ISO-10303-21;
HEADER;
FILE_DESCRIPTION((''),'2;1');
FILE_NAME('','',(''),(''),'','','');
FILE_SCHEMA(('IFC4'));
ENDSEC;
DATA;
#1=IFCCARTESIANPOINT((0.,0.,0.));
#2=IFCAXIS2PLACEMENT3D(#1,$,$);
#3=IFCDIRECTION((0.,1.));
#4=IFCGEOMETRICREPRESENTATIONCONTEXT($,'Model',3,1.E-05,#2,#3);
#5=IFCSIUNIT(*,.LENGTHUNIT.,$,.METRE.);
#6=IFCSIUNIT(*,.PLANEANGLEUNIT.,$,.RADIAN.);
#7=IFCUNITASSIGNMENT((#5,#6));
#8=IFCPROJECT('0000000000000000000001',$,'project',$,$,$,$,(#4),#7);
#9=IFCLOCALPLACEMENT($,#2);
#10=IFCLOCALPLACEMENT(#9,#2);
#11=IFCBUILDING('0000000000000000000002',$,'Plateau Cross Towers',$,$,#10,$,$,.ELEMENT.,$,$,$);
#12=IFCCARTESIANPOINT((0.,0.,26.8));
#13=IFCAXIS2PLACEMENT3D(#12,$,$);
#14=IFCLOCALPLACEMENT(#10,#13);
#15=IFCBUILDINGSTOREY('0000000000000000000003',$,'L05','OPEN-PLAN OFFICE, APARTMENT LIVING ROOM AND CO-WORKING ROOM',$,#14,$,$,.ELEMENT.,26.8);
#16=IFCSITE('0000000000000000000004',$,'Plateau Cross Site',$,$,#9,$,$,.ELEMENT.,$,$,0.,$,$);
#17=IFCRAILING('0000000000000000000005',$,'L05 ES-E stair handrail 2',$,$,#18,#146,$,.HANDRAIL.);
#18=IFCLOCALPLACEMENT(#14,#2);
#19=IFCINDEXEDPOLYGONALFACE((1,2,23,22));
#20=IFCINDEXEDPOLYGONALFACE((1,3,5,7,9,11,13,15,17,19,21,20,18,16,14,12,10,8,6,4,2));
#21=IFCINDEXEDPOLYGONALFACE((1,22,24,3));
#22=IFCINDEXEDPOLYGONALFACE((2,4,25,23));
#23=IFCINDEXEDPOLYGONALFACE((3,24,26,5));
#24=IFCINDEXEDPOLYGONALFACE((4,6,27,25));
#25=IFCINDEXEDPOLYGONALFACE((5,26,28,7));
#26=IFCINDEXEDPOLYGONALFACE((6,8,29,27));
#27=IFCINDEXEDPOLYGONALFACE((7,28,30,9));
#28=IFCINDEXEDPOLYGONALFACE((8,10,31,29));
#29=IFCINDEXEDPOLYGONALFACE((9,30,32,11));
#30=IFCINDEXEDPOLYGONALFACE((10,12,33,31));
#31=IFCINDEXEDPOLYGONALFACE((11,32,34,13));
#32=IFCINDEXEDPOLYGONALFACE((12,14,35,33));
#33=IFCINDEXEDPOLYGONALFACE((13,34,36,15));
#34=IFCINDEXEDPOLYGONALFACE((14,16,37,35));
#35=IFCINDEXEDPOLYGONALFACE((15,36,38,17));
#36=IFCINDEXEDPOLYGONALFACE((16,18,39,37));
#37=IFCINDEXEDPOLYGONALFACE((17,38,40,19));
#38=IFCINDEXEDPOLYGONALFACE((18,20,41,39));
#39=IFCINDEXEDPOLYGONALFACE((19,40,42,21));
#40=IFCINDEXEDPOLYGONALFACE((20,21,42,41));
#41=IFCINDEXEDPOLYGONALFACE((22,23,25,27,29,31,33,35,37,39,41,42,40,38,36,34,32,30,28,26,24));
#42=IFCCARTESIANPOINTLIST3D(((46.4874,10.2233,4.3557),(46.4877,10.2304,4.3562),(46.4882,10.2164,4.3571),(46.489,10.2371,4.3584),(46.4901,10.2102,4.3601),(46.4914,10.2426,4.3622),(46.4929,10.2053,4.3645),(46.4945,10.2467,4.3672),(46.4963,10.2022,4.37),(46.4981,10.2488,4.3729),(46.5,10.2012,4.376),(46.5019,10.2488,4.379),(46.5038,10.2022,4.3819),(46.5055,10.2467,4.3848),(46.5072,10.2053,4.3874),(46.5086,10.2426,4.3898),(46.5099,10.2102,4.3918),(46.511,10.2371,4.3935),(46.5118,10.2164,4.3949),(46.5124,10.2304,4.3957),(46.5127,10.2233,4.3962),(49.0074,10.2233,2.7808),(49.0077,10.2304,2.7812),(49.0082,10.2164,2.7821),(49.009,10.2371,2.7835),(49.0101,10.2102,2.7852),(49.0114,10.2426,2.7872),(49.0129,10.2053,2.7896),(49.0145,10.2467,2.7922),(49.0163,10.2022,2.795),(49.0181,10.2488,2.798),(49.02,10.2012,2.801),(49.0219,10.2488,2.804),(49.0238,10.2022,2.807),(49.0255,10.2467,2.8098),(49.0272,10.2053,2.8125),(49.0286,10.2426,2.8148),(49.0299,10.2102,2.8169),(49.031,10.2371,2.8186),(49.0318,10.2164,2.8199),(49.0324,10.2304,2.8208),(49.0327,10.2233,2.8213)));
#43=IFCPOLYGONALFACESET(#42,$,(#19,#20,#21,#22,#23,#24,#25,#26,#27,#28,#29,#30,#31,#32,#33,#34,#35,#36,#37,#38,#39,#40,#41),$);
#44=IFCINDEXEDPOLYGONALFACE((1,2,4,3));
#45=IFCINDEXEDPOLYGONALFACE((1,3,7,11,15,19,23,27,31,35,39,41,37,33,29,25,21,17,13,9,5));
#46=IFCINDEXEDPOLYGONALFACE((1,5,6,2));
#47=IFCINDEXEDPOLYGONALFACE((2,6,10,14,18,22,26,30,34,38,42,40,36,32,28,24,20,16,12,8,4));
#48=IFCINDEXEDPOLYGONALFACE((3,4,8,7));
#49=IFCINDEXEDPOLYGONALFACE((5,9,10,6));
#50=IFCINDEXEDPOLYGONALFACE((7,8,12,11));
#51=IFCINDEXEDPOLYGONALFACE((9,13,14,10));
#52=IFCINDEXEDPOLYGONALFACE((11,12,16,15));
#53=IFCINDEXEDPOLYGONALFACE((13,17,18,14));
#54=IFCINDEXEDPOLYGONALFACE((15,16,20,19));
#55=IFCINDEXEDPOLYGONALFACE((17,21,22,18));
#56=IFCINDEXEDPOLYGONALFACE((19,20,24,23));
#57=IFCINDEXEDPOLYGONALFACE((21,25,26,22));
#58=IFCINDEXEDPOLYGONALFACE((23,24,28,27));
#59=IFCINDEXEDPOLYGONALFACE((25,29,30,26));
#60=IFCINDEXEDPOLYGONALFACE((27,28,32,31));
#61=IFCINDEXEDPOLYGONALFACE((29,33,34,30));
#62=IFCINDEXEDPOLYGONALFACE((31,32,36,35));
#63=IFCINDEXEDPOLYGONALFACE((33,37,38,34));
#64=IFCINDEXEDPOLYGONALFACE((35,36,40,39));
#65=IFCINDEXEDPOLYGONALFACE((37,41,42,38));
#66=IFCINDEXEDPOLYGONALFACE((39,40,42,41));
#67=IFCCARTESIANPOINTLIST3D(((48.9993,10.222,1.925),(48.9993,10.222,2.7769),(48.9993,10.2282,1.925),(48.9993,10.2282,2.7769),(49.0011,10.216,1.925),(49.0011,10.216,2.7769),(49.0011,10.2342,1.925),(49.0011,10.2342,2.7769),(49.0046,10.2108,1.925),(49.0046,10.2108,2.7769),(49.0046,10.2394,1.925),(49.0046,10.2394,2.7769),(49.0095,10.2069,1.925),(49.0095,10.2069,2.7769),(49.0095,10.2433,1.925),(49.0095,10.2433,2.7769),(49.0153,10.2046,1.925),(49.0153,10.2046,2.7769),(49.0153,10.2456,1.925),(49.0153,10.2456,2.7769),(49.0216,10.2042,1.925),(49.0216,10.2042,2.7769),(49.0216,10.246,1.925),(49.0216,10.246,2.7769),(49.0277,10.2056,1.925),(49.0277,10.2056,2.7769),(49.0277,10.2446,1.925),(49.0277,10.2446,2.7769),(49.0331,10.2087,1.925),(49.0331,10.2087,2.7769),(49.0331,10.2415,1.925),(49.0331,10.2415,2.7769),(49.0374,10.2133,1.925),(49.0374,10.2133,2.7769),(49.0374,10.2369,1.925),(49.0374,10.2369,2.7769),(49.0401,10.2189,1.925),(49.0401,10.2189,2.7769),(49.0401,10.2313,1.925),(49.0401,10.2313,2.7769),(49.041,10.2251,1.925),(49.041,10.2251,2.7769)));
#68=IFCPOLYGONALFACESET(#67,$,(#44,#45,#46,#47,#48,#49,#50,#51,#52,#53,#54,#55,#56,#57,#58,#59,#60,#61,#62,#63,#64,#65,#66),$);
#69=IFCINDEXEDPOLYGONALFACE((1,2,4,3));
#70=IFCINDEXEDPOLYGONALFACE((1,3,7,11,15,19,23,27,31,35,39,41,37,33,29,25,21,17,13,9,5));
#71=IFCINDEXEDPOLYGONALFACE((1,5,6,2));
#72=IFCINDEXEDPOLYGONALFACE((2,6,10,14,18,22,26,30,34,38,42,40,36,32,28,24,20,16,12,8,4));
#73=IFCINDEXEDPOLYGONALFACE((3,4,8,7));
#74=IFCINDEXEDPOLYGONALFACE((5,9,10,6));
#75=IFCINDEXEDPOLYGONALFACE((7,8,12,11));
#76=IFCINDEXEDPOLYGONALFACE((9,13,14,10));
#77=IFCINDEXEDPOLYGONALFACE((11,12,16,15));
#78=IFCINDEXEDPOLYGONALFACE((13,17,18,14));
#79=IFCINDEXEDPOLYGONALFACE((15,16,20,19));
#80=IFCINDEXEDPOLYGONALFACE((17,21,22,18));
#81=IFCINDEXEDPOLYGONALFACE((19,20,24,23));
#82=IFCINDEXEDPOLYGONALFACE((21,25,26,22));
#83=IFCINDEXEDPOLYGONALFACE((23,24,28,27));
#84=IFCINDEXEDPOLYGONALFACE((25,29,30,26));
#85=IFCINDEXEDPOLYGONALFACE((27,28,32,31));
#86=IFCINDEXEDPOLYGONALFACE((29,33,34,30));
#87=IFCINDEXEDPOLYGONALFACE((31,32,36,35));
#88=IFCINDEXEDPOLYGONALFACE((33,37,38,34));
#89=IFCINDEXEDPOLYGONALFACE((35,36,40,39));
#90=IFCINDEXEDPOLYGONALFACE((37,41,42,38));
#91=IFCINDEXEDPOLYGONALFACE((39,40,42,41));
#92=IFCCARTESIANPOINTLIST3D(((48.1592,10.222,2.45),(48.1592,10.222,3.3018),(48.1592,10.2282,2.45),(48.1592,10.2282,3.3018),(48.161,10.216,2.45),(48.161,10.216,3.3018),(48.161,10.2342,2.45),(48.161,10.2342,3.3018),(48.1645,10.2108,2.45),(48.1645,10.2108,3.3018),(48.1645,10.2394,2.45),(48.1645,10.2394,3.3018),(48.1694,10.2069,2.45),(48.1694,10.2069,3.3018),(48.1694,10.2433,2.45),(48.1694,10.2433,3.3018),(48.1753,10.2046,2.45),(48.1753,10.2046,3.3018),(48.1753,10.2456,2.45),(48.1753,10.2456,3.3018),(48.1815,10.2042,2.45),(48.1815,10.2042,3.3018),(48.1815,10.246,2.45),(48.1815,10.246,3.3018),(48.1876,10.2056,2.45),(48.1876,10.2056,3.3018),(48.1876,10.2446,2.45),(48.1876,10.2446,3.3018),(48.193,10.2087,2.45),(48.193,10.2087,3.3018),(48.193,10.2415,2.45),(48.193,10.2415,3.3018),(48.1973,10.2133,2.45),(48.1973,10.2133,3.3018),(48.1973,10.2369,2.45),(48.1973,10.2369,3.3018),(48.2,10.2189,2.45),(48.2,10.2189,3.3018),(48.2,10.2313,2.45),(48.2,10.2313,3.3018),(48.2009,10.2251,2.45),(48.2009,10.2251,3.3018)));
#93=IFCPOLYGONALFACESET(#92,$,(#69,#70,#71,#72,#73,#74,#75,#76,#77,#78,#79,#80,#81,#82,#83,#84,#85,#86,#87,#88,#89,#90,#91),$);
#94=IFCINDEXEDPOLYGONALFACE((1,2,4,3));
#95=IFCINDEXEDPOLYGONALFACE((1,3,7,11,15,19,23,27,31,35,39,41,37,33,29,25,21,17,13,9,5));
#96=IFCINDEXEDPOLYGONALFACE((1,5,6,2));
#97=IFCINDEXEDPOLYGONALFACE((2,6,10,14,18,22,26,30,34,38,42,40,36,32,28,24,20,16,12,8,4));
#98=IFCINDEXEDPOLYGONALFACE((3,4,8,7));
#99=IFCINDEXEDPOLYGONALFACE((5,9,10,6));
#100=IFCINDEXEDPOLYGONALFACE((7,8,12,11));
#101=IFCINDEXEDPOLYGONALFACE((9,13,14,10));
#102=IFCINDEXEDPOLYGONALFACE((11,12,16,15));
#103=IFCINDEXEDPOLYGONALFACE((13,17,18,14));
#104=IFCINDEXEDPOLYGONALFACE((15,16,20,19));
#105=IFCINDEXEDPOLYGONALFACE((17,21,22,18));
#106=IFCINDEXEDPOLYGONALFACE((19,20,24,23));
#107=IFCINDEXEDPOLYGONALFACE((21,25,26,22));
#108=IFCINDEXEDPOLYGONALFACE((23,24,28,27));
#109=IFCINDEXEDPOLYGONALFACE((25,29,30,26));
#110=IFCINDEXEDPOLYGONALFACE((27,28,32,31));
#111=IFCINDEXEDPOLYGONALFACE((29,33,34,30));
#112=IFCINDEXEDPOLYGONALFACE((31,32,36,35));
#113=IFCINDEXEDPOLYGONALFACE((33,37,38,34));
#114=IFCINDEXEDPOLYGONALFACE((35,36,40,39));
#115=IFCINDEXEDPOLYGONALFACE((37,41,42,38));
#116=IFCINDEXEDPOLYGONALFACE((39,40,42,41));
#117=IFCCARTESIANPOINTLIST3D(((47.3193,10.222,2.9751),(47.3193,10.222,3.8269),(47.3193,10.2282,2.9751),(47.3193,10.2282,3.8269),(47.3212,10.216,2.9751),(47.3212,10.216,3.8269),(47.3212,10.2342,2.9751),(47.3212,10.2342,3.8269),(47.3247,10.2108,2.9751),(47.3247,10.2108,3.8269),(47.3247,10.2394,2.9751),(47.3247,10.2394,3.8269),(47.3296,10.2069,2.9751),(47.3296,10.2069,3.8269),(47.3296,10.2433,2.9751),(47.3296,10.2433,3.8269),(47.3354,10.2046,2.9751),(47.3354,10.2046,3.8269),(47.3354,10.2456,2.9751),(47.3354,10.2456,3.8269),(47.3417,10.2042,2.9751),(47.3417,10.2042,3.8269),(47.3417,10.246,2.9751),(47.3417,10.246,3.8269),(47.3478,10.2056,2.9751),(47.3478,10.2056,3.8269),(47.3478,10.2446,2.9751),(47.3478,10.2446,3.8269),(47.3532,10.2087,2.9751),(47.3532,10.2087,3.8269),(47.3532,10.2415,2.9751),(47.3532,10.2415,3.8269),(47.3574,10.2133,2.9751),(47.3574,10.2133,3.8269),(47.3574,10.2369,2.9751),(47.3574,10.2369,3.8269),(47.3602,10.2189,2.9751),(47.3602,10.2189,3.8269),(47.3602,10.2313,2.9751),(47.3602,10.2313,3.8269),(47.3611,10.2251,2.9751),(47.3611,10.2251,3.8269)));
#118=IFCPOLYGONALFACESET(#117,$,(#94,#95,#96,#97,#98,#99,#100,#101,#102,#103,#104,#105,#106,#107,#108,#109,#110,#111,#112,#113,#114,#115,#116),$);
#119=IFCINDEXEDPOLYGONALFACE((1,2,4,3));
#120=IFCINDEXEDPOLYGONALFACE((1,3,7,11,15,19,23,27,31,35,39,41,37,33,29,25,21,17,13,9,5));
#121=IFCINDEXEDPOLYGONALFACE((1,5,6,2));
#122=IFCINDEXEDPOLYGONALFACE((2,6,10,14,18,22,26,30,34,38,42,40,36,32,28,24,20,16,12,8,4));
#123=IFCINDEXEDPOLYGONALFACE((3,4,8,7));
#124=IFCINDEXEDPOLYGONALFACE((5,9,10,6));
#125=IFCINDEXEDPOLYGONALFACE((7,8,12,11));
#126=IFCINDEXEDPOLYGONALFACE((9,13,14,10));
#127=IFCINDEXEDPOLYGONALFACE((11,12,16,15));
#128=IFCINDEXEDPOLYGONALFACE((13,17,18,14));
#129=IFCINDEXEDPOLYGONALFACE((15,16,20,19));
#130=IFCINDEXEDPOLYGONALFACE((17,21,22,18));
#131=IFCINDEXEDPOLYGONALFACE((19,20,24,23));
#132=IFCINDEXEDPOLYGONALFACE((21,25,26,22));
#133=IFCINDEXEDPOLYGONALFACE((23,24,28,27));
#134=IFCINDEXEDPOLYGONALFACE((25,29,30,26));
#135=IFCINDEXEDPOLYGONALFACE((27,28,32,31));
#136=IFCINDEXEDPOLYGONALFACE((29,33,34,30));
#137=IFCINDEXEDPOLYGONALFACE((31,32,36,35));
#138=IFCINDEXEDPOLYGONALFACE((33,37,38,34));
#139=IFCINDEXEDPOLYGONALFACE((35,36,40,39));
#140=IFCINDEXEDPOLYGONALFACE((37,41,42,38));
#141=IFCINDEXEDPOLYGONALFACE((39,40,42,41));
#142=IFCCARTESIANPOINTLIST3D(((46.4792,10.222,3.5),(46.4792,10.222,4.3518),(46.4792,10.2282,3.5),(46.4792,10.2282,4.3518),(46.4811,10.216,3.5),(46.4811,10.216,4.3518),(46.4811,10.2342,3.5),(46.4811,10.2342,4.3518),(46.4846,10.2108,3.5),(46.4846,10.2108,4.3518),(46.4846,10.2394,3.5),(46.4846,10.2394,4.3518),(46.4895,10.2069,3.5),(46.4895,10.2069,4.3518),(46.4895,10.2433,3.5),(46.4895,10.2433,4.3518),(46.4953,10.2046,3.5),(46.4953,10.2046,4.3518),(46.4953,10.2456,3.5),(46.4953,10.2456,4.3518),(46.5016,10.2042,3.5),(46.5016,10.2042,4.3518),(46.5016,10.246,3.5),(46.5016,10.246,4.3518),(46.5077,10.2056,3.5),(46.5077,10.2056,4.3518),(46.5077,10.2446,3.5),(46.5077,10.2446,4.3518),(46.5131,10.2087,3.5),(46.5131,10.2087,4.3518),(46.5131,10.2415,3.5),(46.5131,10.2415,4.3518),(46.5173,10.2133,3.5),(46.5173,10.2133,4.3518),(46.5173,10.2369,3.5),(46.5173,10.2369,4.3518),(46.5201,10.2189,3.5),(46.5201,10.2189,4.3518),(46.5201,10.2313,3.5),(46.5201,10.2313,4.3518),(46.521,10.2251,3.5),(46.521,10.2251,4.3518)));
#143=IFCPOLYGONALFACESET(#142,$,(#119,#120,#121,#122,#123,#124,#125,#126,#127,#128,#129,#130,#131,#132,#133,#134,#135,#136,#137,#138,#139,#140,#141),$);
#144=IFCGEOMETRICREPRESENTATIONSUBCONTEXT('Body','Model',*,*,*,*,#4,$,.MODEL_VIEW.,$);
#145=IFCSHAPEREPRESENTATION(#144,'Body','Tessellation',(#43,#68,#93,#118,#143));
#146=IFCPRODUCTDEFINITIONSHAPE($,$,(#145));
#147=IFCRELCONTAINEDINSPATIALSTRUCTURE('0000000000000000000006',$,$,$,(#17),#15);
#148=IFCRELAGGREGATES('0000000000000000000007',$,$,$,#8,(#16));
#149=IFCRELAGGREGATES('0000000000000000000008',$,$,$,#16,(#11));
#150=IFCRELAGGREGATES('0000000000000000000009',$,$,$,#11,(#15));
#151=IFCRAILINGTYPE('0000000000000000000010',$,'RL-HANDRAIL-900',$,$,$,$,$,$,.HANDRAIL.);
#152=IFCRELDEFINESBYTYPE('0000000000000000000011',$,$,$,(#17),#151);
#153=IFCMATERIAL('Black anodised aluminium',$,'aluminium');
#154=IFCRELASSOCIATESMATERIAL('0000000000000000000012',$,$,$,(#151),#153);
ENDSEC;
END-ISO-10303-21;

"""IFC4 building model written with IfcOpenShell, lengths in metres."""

from ifc_helpers import new_model, si_unit, direction, frame, origin, origin_2d, place, context, subcontext, project, spatial, circle, extrude, material, type_object, element, save


model = new_model("IFC4")

# Units and contexts
model_context = context("Model", 3, precision=1e-05, world=origin(), true_north=direction((0.0, 1.0)))
body_context = subcontext(model_context, "Body", "Model", "MODEL_VIEW")
ifc_project = project(units=[si_unit("LENGTHUNIT", "METRE"), si_unit("PLANEANGLEUNIT", "RADIAN")], contexts=[model_context])

# Site, building, storey
site_placement = place(None, origin())
site = spatial("IfcSite", under=ifc_project, at=site_placement, Name="Plateau Cross Site", CompositionType="ELEMENT", RefElevation=0.0)
building_placement = place(site_placement, origin())
building = spatial("IfcBuilding", under=site, at=building_placement, Name="Plateau Cross Towers", CompositionType="ELEMENT")
storey_placement = place(building_placement, frame((0.0, 0.0, 26.8)))
storey = spatial("IfcBuildingStorey", under=building, at=storey_placement, Name="L05", Description="OPEN-PLAN OFFICE, APARTMENT LIVING ROOM AND CO-WORKING ROOM", CompositionType="ELEMENT", Elevation=26.8)

# Shared definitions
ifc_material_1 = material(Name="Black anodised aluminium", Category="aluminium")

# Railing
railing_type_1 = type_object("IfcRailingType", Name="RL-HANDRAIL-900", PredefinedType="HANDRAIL", material=ifc_material_1)
railing_1_placement = place(storey_placement, frame((49.02, 10.2251, 1.925)))
element("IfcRailing", 1, at=railing_1_placement, inside=storey, type_object=railing_type_1, Name="L05 ES-E stair handrail 2", PredefinedType="HANDRAIL", context=body_context, shape_type="SweptSolid", body=[
    extrude(circle(Radius=0.0239, at=origin_2d()), frame((0.0, 0.0, 0.876), z_axis=(-0.848008, 0.0, 0.529984), x_axis=(0.0, -1.0, 0.0)), (0.0, 0.0, 1.0), 2.9717),
    extrude(circle(Radius=0.021, at=origin_2d()), origin(), (0.0, 0.0, 1.0), 0.8518),
    extrude(circle(Radius=0.021, at=origin_2d()), frame((-0.8401, 0.0, 0.5249)), (0.0, 0.0, 1.0), 0.8518),
    extrude(circle(Radius=0.021, at=origin_2d()), frame((-1.6799, 0.0, 1.05)), (0.0, 0.0, 1.0), 0.8518),
    extrude(circle(Radius=0.021, at=origin_2d()), frame((-2.52, 0.0, 1.575)), (0.0, 0.0, 1.0), 0.8518),
])

save(model, "model.ifc")
